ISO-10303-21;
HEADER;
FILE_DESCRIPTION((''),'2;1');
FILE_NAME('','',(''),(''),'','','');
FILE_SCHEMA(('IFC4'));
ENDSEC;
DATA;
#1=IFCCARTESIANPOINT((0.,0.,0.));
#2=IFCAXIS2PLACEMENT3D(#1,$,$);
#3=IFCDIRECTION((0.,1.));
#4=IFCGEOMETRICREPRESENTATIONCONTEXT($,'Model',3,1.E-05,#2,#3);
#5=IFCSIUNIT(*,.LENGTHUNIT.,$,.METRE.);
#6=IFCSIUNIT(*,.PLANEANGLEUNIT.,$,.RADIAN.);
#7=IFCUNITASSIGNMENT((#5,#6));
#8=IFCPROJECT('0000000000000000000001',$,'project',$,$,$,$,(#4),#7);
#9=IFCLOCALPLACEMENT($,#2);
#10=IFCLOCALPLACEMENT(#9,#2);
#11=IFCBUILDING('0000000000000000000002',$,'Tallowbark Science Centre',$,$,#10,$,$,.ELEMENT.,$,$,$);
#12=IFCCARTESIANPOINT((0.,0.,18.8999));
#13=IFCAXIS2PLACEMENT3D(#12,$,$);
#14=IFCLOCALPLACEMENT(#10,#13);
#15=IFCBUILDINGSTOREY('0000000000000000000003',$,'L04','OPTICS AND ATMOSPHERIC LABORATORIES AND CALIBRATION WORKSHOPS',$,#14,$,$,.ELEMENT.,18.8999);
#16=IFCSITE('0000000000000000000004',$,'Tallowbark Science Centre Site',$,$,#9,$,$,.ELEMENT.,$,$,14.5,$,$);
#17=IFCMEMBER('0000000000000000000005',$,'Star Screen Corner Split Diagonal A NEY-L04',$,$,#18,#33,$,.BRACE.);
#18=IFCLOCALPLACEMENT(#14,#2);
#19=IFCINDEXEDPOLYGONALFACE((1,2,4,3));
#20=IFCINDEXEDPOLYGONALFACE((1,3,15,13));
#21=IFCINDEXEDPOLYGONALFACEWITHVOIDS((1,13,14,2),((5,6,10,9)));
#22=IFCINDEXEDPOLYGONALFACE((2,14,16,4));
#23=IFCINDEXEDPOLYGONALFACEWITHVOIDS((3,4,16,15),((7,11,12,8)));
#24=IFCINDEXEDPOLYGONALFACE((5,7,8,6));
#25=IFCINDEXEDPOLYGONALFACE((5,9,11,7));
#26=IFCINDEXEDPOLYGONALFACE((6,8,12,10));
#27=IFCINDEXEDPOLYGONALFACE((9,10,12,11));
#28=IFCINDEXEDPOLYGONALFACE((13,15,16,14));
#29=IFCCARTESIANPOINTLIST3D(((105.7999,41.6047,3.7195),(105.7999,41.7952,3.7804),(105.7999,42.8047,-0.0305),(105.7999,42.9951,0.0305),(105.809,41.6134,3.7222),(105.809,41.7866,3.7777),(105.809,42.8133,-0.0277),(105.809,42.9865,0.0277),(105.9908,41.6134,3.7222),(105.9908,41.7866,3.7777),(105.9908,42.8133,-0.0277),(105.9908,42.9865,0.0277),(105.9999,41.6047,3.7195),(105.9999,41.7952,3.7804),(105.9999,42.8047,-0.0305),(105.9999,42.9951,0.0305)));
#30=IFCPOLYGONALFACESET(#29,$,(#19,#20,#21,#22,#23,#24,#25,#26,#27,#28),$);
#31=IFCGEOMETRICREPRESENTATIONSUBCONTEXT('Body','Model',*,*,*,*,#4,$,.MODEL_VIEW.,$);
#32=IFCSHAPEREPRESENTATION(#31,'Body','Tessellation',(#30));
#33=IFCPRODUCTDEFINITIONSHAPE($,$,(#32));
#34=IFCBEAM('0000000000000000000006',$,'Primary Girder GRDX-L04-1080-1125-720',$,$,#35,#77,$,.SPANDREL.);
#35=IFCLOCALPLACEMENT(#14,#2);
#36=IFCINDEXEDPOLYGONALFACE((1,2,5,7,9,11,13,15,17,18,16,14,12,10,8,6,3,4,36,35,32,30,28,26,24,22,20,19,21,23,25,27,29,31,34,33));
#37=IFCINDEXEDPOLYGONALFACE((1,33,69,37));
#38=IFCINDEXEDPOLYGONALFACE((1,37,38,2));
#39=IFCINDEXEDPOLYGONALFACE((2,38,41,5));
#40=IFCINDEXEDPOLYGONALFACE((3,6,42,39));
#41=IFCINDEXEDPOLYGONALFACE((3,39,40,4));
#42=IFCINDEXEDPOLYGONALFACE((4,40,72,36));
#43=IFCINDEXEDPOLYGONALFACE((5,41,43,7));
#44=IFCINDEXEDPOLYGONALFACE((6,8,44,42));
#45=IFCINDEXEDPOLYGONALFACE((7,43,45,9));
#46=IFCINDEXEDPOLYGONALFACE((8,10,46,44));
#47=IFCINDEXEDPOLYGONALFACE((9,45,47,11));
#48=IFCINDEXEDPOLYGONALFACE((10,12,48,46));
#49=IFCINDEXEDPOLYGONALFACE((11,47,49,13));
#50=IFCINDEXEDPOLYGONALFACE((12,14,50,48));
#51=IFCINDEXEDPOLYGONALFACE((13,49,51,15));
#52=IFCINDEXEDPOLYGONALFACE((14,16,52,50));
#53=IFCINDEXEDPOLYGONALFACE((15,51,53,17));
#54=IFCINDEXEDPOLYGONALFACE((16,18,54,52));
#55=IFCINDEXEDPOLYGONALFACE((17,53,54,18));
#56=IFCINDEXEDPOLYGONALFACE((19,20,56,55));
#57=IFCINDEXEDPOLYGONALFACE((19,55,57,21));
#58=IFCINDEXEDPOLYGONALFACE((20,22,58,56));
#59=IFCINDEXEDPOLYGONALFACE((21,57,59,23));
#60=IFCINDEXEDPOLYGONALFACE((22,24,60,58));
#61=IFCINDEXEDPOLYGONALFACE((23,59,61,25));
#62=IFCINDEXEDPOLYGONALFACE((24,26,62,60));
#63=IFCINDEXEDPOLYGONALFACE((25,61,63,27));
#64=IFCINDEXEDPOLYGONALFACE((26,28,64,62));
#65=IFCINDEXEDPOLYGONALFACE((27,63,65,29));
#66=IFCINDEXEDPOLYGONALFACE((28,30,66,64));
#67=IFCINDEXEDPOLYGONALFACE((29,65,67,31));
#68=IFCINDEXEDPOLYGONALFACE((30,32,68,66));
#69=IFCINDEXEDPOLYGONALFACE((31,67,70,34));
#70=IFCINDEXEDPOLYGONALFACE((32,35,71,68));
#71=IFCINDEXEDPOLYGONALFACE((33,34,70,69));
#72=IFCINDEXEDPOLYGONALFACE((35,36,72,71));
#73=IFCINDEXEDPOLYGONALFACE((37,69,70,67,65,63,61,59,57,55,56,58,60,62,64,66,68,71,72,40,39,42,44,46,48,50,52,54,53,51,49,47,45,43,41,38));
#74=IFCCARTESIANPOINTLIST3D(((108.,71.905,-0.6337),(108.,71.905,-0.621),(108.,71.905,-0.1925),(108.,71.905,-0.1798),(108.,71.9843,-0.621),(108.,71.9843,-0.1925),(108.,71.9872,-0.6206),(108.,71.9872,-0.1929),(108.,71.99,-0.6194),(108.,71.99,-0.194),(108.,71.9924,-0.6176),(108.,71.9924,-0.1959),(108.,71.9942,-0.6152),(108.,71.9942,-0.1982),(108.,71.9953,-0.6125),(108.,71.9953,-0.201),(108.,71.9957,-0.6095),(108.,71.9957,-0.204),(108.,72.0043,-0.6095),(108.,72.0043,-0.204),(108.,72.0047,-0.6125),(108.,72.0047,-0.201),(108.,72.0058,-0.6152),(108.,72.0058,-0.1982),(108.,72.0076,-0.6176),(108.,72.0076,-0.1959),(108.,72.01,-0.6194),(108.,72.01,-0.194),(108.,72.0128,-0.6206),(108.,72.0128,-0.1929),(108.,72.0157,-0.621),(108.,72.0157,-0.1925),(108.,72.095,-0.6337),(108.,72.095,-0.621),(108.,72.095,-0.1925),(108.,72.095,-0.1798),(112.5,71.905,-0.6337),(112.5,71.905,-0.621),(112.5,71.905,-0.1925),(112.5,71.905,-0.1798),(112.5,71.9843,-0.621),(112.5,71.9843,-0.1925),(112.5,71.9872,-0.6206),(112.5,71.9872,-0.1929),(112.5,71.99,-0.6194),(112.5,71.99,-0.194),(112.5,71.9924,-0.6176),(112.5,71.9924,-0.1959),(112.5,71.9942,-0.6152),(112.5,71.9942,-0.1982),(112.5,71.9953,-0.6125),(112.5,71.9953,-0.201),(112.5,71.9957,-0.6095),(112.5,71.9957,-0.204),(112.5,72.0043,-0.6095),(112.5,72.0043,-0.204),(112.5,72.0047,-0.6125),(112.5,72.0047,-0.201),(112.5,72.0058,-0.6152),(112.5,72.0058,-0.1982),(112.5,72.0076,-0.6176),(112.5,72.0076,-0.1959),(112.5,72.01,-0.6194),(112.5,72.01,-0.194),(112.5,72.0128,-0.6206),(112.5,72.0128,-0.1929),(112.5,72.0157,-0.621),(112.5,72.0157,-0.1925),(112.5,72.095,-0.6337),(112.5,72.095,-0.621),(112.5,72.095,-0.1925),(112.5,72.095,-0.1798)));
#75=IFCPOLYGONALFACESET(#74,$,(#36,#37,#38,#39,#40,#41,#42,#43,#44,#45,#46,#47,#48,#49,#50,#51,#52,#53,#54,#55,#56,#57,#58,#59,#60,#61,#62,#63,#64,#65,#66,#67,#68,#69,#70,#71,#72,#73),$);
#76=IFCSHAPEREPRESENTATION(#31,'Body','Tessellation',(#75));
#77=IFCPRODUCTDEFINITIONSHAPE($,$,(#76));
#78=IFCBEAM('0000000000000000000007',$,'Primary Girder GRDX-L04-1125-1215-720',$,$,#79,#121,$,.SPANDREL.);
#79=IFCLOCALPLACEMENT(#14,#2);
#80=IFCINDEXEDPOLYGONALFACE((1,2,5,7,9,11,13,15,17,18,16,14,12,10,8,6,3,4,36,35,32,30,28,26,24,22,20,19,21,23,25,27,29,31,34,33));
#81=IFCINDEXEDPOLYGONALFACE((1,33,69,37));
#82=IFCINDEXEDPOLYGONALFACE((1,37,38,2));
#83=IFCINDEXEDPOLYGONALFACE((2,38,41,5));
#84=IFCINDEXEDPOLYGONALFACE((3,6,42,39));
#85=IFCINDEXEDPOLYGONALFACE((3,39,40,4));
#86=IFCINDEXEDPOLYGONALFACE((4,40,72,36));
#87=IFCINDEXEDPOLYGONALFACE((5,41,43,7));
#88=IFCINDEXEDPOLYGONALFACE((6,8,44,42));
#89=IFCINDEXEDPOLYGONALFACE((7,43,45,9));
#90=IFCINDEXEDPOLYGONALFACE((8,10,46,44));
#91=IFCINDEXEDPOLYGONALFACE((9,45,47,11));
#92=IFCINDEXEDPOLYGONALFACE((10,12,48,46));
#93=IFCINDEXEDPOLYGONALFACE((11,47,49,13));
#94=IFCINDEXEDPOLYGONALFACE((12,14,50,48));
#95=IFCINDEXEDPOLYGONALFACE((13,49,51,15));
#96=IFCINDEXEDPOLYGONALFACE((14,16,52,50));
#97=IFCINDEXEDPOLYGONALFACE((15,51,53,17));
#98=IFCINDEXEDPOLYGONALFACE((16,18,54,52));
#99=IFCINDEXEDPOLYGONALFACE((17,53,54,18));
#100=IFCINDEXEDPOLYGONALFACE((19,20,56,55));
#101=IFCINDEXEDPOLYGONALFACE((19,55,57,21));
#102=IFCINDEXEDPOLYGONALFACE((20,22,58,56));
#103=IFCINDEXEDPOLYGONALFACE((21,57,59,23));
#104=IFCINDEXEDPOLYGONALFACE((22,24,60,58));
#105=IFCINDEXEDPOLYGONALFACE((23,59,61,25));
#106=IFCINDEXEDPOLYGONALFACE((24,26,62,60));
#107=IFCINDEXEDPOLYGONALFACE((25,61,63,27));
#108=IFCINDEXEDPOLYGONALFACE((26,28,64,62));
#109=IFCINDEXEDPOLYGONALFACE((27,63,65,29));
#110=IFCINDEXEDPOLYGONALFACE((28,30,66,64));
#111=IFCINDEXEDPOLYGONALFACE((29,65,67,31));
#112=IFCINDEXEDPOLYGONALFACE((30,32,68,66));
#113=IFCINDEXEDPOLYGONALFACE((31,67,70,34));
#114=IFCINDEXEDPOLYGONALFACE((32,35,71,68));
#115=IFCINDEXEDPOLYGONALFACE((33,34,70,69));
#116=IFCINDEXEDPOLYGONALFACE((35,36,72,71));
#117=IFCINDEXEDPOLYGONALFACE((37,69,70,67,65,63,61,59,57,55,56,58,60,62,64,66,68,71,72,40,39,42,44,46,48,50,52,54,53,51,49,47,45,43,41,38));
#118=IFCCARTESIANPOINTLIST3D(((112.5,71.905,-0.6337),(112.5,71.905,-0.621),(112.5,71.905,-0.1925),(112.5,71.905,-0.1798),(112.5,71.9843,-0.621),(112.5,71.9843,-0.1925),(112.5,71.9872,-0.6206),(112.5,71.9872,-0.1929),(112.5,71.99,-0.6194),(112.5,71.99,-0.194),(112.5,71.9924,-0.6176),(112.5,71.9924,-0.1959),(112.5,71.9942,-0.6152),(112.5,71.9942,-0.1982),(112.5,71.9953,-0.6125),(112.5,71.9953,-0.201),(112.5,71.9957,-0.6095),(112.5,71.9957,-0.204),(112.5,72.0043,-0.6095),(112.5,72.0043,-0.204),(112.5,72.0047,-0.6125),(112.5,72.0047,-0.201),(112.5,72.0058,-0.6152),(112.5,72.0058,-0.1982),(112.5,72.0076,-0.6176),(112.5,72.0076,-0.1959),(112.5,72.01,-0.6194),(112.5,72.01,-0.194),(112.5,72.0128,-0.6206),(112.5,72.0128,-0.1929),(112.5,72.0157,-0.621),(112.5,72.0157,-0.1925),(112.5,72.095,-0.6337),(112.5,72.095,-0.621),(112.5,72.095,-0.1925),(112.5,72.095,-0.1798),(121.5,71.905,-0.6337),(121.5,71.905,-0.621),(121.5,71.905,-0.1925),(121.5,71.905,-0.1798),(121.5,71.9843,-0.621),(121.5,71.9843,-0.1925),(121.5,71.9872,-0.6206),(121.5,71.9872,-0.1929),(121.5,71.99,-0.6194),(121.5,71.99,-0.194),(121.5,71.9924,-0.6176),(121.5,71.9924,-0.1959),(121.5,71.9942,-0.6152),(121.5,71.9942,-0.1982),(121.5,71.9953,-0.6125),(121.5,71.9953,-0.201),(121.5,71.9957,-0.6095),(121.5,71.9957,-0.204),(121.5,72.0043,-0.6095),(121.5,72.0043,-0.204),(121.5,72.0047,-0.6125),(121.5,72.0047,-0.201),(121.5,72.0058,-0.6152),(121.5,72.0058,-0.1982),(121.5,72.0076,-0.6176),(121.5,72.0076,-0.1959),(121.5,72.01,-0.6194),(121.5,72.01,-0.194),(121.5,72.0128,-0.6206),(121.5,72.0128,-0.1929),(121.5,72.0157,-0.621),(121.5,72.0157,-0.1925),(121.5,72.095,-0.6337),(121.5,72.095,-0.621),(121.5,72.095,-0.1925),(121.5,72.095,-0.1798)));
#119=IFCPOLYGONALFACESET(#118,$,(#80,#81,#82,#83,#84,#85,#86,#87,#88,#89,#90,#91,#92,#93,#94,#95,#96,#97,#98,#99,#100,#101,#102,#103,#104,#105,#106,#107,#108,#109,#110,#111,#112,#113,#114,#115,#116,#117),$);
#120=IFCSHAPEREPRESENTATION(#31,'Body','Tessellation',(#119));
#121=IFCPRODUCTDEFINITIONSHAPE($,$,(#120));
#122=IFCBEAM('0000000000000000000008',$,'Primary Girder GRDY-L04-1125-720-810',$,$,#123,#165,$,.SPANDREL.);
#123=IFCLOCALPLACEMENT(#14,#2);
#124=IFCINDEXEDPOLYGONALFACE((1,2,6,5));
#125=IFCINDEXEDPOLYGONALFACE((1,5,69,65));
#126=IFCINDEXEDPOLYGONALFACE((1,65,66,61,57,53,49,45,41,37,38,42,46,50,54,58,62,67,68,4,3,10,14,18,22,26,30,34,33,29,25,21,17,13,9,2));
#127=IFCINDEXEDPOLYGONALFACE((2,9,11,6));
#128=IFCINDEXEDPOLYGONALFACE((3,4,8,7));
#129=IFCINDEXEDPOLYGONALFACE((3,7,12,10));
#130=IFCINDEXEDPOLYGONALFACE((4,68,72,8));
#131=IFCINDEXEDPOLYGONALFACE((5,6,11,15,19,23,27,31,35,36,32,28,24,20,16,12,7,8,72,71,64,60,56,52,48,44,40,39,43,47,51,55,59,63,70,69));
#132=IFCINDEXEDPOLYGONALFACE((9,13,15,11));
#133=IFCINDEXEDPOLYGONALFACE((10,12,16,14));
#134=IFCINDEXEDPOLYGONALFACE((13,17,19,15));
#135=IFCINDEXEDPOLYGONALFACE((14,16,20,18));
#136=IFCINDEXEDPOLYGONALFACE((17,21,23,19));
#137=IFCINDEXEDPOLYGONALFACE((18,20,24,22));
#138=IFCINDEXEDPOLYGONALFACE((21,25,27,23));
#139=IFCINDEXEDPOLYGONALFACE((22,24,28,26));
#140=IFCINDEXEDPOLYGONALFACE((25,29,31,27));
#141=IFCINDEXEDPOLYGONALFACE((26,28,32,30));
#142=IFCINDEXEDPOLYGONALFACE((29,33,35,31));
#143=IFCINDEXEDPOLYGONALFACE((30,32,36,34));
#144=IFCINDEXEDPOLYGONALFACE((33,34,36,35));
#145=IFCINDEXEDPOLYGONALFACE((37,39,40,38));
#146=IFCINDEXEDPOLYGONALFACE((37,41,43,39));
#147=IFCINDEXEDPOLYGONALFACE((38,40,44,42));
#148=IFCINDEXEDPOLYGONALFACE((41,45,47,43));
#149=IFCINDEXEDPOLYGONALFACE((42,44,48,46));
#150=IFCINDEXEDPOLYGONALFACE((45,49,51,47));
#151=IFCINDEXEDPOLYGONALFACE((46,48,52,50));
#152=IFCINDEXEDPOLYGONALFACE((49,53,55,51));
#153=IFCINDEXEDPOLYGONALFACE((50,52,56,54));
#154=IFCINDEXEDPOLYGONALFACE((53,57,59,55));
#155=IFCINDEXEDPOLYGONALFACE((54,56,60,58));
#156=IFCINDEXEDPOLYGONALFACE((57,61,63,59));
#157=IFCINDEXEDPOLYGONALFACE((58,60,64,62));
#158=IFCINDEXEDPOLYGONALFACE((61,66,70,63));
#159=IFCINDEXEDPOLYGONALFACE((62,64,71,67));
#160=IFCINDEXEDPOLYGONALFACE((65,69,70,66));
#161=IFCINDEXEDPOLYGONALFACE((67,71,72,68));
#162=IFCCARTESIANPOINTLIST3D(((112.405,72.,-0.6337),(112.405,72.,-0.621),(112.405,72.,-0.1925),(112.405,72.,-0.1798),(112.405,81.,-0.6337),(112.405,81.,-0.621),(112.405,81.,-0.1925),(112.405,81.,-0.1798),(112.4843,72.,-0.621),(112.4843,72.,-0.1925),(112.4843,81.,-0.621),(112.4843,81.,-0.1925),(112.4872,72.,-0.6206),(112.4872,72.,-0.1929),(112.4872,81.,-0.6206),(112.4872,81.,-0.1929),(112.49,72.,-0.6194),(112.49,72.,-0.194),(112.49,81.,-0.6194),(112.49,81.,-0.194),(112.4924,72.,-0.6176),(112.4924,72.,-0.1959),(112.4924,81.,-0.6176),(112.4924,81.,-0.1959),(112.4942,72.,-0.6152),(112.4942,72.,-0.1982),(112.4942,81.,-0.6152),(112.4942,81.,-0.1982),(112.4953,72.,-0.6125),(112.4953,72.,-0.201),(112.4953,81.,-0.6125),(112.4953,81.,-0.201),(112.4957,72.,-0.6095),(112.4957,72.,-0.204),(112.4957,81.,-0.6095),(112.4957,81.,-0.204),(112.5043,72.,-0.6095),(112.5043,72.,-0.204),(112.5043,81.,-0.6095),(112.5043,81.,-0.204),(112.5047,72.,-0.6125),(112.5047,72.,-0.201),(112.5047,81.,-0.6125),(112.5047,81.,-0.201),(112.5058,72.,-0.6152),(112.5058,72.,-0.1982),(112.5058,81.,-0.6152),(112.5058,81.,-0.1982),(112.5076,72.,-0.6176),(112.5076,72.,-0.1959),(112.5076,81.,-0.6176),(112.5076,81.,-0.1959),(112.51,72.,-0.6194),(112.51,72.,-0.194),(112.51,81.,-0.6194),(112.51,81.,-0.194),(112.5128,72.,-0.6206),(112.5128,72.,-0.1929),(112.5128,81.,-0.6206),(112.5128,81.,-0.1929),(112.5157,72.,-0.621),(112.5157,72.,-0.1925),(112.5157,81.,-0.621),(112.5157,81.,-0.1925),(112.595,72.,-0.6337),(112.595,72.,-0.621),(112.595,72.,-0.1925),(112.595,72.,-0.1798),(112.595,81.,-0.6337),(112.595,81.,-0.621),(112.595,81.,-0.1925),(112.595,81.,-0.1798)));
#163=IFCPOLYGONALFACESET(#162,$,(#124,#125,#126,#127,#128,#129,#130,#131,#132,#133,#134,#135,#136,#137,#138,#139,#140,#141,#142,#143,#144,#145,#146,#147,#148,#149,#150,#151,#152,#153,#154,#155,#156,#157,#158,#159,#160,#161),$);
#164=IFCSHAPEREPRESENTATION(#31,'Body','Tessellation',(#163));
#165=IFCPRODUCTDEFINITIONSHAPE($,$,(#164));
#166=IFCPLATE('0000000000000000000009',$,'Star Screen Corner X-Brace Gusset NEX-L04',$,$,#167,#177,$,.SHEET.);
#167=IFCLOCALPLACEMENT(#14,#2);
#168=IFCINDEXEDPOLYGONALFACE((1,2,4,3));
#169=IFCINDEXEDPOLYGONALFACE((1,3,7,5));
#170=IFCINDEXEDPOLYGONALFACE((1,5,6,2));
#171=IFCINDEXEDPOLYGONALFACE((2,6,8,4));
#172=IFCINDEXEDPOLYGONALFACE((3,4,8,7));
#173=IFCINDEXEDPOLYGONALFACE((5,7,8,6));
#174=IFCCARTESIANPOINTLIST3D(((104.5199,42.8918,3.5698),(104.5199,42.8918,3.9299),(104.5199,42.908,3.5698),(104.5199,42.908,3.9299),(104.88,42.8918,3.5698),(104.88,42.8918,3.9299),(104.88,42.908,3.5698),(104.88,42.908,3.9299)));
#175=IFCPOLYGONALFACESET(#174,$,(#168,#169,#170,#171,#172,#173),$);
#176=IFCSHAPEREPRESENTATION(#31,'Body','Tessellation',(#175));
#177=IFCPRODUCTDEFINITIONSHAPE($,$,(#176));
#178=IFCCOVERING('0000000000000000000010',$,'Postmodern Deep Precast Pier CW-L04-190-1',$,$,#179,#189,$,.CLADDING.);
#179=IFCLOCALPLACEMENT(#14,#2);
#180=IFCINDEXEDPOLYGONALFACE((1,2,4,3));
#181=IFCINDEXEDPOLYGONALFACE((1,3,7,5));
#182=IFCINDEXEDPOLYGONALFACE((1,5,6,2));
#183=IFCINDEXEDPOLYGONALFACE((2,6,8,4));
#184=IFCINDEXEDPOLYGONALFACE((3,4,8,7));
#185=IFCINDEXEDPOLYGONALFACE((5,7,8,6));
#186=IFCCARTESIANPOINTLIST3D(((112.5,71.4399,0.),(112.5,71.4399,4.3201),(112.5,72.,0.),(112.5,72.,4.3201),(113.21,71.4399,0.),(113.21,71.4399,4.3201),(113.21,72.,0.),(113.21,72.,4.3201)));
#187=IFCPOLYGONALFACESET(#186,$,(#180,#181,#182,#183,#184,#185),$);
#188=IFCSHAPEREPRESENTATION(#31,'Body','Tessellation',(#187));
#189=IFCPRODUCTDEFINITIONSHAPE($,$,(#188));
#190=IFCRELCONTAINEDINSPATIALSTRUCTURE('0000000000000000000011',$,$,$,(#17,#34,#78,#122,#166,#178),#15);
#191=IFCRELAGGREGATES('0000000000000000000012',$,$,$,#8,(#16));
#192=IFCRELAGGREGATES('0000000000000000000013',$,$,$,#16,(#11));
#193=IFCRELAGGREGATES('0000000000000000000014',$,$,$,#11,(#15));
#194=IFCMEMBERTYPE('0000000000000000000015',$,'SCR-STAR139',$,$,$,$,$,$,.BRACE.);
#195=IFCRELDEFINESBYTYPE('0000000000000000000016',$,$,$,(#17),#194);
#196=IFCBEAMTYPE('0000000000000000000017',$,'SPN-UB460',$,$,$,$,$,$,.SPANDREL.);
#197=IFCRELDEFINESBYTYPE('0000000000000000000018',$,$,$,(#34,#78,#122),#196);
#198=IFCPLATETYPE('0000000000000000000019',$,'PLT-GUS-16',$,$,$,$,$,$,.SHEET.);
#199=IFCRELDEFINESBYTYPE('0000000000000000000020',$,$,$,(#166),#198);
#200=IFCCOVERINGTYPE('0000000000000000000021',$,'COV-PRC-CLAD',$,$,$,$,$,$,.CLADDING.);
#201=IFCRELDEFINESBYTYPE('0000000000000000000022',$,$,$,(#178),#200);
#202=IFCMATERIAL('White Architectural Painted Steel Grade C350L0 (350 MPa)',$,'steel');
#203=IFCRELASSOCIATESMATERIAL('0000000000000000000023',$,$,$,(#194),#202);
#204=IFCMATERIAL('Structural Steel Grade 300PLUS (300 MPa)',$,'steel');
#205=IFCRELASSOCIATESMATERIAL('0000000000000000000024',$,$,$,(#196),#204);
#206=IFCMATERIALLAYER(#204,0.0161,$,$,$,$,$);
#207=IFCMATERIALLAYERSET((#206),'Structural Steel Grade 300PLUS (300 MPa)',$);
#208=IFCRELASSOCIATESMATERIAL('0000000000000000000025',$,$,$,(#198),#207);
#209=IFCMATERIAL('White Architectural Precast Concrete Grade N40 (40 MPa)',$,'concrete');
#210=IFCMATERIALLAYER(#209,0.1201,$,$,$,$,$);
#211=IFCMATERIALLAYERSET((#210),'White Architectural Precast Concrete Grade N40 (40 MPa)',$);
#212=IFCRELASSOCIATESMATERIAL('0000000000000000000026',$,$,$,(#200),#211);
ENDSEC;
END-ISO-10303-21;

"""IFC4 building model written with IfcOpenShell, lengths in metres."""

from ifc_helpers import new_model, si_unit, direction, frame, origin, origin_2d, place, context, subcontext, project, spatial, rectangle, hollow_rectangle, i_section, extrude, material, layer, layer_set, material_profile, profile_set, type_object, element, save


model = new_model("IFC4")

# Units and contexts
model_context = context("Model", 3, precision=1e-05, world=origin(), true_north=direction((0.0, 1.0)))
body_context = subcontext(model_context, "Body", "Model", "MODEL_VIEW")
ifc_project = project(units=[si_unit("LENGTHUNIT", "METRE"), si_unit("PLANEANGLEUNIT", "RADIAN")], contexts=[model_context])

# Site, building, storey
site_placement = place(None, origin())
site = spatial("IfcSite", under=ifc_project, at=site_placement, Name="Tallowbark Science Centre Site", CompositionType="ELEMENT", RefElevation=14.5)
building_placement = place(site_placement, origin())
building = spatial("IfcBuilding", under=site, at=building_placement, Name="Tallowbark Science Centre", CompositionType="ELEMENT")
storey_placement = place(building_placement, frame((0.0, 0.0, 18.8999)))
storey = spatial("IfcBuildingStorey", under=building, at=storey_placement, Name="L04", Description="OPTICS AND ATMOSPHERIC LABORATORIES AND CALIBRATION WORKSHOPS", CompositionType="ELEMENT", Elevation=18.8999)

# Shared definitions
ifc_material_1 = material(Name="White Architectural Painted Steel Grade C350L0 (350 MPa)", Category="steel")

# Shared definitions
ifc_material_2 = material(Name="Structural Steel Grade 300PLUS (300 MPa)", Category="steel")

# Member
ifc_material_profile_1 = material_profile(ifc_material_1, hollow_rectangle(XDim=0.2, YDim=0.2, WallThickness=0.009, at=origin_2d()), Name="200x200x9.0SHS")
ifc_profile_set_1 = profile_set([ifc_material_profile_1], Name="White Architectural Painted Steel Grade C350L0 (350 MPa)")
member_type_1 = type_object("IfcMemberType", Name="SCR-STAR139", PredefinedType="BRACE", material=ifc_profile_set_1)
for number, where, z_axis, x_axis, name in (
    (1, (105.8999, 42.8999, 0.0), (0.0, -0.304764, 0.952428), (1.0, 0.0, 0.0), "Star Screen Corner Split Diagonal A NEY-L04"),
):
    element("IfcMember", number, at=place(storey_placement, frame(where, z_axis=z_axis, x_axis=x_axis)), inside=storey, type_object=member_type_1, Name=name, PredefinedType="BRACE", context=body_context, shape_type="SweptSolid", body=[
        extrude(hollow_rectangle(XDim=0.2, YDim=0.2, WallThickness=0.009, at=origin_2d()), origin(), (0.0, 0.0, 1.0), 3.9373),
    ])

# Beams
ifc_material_profile_2 = material_profile(ifc_material_2, i_section(OverallWidth=0.1899, OverallDepth=0.4539, WebThickness=0.0085, FlangeThickness=0.0127, FilletRadius=0.0115, at=origin_2d()), Name="460UB67.1")
ifc_profile_set_2 = profile_set([ifc_material_profile_2], Name="Structural Steel Grade 300PLUS (300 MPa)")
beam_type_1 = type_object("IfcBeamType", Name="SPN-UB460", PredefinedType="SPANDREL", material=ifc_profile_set_2)
beam_1_placement = place(storey_placement, frame((108.0, 72.0, -0.4067), z_axis=(1.0, 0.0, 0.0), x_axis=(0.0, 1.0, 0.0)))
element("IfcBeam", 2, at=beam_1_placement, inside=storey, type_object=beam_type_1, Name="Primary Girder GRDX-L04-1080-1125-720", PredefinedType="SPANDREL", context=body_context, shape_type="SweptSolid", body=[
    extrude(i_section(OverallWidth=0.1899, OverallDepth=0.4539, WebThickness=0.0085, FlangeThickness=0.0127, FilletRadius=0.0115, at=origin_2d()), origin(), (0.0, 0.0, 1.0), 4.5),
])
for number, where, z_axis, x_axis, name in (
    (3, (112.5, 72.0, -0.4067), (1.0, 0.0, 0.0), (0.0, 1.0, 0.0), "Primary Girder GRDX-L04-1125-1215-720"),
    (4, (112.5, 72.0, -0.4067), (0.0, 1.0, 0.0), (-1.0, 0.0, 0.0), "Primary Girder GRDY-L04-1125-720-810"),
):
    element("IfcBeam", number, at=place(storey_placement, frame(where, z_axis=z_axis, x_axis=x_axis)), inside=storey, type_object=beam_type_1, Name=name, PredefinedType="SPANDREL", context=body_context, shape_type="SweptSolid", body=[
        extrude(i_section(OverallWidth=0.1899, OverallDepth=0.4539, WebThickness=0.0085, FlangeThickness=0.0127, FilletRadius=0.0115, at=origin_2d()), origin(), (0.0, 0.0, 1.0), 9.0),
    ])

# Plate
ifc_layer_1 = layer(ifc_material_2, 0.0161)
ifc_layer_set_1 = layer_set([ifc_layer_1], Name="Structural Steel Grade 300PLUS (300 MPa)")
plate_type = type_object("IfcPlateType", Name="PLT-GUS-16", PredefinedType="SHEET", material=ifc_layer_set_1)
plate_placement = place(storey_placement, frame((104.7, 42.8999, 3.5698), z_axis=(0.0, 0.0, 1.0), x_axis=(1.0, 0.0, 0.0)))
element("IfcPlate", 5, at=plate_placement, inside=storey, type_object=plate_type, Name="Star Screen Corner X-Brace Gusset NEX-L04", PredefinedType="SHEET", context=body_context, shape_type="SweptSolid", body=[
    extrude(rectangle(XDim=0.3601, YDim=0.0161, at=origin_2d()), origin(), (0.0, 0.0, 1.0), 0.3601),
])

# Covering
ifc_material_3 = material(Name="White Architectural Precast Concrete Grade N40 (40 MPa)", Category="concrete")
ifc_layer_2 = layer(ifc_material_3, 0.1201)
ifc_layer_set_2 = layer_set([ifc_layer_2], Name="White Architectural Precast Concrete Grade N40 (40 MPa)")
covering_type_1 = type_object("IfcCoveringType", Name="COV-PRC-CLAD", PredefinedType="CLADDING", material=ifc_layer_set_2)
for number, where, z_axis, x_axis, name in (
    (6, (112.855, 71.72, 0.0), (0.0, 0.0, 1.0), (1.0, 0.0, 0.0), "Postmodern Deep Precast Pier CW-L04-190-1"),
):
    element("IfcCovering", number, at=place(storey_placement, frame(where, z_axis=z_axis, x_axis=x_axis)), inside=storey, type_object=covering_type_1, Name=name, PredefinedType="CLADDING", context=body_context, shape_type="SweptSolid", body=[
        extrude(rectangle(XDim=0.71, YDim=0.5601, at=origin_2d()), origin(), (0.0, 0.0, 1.0), 4.3201),
    ])

save(model, "model.ifc")
